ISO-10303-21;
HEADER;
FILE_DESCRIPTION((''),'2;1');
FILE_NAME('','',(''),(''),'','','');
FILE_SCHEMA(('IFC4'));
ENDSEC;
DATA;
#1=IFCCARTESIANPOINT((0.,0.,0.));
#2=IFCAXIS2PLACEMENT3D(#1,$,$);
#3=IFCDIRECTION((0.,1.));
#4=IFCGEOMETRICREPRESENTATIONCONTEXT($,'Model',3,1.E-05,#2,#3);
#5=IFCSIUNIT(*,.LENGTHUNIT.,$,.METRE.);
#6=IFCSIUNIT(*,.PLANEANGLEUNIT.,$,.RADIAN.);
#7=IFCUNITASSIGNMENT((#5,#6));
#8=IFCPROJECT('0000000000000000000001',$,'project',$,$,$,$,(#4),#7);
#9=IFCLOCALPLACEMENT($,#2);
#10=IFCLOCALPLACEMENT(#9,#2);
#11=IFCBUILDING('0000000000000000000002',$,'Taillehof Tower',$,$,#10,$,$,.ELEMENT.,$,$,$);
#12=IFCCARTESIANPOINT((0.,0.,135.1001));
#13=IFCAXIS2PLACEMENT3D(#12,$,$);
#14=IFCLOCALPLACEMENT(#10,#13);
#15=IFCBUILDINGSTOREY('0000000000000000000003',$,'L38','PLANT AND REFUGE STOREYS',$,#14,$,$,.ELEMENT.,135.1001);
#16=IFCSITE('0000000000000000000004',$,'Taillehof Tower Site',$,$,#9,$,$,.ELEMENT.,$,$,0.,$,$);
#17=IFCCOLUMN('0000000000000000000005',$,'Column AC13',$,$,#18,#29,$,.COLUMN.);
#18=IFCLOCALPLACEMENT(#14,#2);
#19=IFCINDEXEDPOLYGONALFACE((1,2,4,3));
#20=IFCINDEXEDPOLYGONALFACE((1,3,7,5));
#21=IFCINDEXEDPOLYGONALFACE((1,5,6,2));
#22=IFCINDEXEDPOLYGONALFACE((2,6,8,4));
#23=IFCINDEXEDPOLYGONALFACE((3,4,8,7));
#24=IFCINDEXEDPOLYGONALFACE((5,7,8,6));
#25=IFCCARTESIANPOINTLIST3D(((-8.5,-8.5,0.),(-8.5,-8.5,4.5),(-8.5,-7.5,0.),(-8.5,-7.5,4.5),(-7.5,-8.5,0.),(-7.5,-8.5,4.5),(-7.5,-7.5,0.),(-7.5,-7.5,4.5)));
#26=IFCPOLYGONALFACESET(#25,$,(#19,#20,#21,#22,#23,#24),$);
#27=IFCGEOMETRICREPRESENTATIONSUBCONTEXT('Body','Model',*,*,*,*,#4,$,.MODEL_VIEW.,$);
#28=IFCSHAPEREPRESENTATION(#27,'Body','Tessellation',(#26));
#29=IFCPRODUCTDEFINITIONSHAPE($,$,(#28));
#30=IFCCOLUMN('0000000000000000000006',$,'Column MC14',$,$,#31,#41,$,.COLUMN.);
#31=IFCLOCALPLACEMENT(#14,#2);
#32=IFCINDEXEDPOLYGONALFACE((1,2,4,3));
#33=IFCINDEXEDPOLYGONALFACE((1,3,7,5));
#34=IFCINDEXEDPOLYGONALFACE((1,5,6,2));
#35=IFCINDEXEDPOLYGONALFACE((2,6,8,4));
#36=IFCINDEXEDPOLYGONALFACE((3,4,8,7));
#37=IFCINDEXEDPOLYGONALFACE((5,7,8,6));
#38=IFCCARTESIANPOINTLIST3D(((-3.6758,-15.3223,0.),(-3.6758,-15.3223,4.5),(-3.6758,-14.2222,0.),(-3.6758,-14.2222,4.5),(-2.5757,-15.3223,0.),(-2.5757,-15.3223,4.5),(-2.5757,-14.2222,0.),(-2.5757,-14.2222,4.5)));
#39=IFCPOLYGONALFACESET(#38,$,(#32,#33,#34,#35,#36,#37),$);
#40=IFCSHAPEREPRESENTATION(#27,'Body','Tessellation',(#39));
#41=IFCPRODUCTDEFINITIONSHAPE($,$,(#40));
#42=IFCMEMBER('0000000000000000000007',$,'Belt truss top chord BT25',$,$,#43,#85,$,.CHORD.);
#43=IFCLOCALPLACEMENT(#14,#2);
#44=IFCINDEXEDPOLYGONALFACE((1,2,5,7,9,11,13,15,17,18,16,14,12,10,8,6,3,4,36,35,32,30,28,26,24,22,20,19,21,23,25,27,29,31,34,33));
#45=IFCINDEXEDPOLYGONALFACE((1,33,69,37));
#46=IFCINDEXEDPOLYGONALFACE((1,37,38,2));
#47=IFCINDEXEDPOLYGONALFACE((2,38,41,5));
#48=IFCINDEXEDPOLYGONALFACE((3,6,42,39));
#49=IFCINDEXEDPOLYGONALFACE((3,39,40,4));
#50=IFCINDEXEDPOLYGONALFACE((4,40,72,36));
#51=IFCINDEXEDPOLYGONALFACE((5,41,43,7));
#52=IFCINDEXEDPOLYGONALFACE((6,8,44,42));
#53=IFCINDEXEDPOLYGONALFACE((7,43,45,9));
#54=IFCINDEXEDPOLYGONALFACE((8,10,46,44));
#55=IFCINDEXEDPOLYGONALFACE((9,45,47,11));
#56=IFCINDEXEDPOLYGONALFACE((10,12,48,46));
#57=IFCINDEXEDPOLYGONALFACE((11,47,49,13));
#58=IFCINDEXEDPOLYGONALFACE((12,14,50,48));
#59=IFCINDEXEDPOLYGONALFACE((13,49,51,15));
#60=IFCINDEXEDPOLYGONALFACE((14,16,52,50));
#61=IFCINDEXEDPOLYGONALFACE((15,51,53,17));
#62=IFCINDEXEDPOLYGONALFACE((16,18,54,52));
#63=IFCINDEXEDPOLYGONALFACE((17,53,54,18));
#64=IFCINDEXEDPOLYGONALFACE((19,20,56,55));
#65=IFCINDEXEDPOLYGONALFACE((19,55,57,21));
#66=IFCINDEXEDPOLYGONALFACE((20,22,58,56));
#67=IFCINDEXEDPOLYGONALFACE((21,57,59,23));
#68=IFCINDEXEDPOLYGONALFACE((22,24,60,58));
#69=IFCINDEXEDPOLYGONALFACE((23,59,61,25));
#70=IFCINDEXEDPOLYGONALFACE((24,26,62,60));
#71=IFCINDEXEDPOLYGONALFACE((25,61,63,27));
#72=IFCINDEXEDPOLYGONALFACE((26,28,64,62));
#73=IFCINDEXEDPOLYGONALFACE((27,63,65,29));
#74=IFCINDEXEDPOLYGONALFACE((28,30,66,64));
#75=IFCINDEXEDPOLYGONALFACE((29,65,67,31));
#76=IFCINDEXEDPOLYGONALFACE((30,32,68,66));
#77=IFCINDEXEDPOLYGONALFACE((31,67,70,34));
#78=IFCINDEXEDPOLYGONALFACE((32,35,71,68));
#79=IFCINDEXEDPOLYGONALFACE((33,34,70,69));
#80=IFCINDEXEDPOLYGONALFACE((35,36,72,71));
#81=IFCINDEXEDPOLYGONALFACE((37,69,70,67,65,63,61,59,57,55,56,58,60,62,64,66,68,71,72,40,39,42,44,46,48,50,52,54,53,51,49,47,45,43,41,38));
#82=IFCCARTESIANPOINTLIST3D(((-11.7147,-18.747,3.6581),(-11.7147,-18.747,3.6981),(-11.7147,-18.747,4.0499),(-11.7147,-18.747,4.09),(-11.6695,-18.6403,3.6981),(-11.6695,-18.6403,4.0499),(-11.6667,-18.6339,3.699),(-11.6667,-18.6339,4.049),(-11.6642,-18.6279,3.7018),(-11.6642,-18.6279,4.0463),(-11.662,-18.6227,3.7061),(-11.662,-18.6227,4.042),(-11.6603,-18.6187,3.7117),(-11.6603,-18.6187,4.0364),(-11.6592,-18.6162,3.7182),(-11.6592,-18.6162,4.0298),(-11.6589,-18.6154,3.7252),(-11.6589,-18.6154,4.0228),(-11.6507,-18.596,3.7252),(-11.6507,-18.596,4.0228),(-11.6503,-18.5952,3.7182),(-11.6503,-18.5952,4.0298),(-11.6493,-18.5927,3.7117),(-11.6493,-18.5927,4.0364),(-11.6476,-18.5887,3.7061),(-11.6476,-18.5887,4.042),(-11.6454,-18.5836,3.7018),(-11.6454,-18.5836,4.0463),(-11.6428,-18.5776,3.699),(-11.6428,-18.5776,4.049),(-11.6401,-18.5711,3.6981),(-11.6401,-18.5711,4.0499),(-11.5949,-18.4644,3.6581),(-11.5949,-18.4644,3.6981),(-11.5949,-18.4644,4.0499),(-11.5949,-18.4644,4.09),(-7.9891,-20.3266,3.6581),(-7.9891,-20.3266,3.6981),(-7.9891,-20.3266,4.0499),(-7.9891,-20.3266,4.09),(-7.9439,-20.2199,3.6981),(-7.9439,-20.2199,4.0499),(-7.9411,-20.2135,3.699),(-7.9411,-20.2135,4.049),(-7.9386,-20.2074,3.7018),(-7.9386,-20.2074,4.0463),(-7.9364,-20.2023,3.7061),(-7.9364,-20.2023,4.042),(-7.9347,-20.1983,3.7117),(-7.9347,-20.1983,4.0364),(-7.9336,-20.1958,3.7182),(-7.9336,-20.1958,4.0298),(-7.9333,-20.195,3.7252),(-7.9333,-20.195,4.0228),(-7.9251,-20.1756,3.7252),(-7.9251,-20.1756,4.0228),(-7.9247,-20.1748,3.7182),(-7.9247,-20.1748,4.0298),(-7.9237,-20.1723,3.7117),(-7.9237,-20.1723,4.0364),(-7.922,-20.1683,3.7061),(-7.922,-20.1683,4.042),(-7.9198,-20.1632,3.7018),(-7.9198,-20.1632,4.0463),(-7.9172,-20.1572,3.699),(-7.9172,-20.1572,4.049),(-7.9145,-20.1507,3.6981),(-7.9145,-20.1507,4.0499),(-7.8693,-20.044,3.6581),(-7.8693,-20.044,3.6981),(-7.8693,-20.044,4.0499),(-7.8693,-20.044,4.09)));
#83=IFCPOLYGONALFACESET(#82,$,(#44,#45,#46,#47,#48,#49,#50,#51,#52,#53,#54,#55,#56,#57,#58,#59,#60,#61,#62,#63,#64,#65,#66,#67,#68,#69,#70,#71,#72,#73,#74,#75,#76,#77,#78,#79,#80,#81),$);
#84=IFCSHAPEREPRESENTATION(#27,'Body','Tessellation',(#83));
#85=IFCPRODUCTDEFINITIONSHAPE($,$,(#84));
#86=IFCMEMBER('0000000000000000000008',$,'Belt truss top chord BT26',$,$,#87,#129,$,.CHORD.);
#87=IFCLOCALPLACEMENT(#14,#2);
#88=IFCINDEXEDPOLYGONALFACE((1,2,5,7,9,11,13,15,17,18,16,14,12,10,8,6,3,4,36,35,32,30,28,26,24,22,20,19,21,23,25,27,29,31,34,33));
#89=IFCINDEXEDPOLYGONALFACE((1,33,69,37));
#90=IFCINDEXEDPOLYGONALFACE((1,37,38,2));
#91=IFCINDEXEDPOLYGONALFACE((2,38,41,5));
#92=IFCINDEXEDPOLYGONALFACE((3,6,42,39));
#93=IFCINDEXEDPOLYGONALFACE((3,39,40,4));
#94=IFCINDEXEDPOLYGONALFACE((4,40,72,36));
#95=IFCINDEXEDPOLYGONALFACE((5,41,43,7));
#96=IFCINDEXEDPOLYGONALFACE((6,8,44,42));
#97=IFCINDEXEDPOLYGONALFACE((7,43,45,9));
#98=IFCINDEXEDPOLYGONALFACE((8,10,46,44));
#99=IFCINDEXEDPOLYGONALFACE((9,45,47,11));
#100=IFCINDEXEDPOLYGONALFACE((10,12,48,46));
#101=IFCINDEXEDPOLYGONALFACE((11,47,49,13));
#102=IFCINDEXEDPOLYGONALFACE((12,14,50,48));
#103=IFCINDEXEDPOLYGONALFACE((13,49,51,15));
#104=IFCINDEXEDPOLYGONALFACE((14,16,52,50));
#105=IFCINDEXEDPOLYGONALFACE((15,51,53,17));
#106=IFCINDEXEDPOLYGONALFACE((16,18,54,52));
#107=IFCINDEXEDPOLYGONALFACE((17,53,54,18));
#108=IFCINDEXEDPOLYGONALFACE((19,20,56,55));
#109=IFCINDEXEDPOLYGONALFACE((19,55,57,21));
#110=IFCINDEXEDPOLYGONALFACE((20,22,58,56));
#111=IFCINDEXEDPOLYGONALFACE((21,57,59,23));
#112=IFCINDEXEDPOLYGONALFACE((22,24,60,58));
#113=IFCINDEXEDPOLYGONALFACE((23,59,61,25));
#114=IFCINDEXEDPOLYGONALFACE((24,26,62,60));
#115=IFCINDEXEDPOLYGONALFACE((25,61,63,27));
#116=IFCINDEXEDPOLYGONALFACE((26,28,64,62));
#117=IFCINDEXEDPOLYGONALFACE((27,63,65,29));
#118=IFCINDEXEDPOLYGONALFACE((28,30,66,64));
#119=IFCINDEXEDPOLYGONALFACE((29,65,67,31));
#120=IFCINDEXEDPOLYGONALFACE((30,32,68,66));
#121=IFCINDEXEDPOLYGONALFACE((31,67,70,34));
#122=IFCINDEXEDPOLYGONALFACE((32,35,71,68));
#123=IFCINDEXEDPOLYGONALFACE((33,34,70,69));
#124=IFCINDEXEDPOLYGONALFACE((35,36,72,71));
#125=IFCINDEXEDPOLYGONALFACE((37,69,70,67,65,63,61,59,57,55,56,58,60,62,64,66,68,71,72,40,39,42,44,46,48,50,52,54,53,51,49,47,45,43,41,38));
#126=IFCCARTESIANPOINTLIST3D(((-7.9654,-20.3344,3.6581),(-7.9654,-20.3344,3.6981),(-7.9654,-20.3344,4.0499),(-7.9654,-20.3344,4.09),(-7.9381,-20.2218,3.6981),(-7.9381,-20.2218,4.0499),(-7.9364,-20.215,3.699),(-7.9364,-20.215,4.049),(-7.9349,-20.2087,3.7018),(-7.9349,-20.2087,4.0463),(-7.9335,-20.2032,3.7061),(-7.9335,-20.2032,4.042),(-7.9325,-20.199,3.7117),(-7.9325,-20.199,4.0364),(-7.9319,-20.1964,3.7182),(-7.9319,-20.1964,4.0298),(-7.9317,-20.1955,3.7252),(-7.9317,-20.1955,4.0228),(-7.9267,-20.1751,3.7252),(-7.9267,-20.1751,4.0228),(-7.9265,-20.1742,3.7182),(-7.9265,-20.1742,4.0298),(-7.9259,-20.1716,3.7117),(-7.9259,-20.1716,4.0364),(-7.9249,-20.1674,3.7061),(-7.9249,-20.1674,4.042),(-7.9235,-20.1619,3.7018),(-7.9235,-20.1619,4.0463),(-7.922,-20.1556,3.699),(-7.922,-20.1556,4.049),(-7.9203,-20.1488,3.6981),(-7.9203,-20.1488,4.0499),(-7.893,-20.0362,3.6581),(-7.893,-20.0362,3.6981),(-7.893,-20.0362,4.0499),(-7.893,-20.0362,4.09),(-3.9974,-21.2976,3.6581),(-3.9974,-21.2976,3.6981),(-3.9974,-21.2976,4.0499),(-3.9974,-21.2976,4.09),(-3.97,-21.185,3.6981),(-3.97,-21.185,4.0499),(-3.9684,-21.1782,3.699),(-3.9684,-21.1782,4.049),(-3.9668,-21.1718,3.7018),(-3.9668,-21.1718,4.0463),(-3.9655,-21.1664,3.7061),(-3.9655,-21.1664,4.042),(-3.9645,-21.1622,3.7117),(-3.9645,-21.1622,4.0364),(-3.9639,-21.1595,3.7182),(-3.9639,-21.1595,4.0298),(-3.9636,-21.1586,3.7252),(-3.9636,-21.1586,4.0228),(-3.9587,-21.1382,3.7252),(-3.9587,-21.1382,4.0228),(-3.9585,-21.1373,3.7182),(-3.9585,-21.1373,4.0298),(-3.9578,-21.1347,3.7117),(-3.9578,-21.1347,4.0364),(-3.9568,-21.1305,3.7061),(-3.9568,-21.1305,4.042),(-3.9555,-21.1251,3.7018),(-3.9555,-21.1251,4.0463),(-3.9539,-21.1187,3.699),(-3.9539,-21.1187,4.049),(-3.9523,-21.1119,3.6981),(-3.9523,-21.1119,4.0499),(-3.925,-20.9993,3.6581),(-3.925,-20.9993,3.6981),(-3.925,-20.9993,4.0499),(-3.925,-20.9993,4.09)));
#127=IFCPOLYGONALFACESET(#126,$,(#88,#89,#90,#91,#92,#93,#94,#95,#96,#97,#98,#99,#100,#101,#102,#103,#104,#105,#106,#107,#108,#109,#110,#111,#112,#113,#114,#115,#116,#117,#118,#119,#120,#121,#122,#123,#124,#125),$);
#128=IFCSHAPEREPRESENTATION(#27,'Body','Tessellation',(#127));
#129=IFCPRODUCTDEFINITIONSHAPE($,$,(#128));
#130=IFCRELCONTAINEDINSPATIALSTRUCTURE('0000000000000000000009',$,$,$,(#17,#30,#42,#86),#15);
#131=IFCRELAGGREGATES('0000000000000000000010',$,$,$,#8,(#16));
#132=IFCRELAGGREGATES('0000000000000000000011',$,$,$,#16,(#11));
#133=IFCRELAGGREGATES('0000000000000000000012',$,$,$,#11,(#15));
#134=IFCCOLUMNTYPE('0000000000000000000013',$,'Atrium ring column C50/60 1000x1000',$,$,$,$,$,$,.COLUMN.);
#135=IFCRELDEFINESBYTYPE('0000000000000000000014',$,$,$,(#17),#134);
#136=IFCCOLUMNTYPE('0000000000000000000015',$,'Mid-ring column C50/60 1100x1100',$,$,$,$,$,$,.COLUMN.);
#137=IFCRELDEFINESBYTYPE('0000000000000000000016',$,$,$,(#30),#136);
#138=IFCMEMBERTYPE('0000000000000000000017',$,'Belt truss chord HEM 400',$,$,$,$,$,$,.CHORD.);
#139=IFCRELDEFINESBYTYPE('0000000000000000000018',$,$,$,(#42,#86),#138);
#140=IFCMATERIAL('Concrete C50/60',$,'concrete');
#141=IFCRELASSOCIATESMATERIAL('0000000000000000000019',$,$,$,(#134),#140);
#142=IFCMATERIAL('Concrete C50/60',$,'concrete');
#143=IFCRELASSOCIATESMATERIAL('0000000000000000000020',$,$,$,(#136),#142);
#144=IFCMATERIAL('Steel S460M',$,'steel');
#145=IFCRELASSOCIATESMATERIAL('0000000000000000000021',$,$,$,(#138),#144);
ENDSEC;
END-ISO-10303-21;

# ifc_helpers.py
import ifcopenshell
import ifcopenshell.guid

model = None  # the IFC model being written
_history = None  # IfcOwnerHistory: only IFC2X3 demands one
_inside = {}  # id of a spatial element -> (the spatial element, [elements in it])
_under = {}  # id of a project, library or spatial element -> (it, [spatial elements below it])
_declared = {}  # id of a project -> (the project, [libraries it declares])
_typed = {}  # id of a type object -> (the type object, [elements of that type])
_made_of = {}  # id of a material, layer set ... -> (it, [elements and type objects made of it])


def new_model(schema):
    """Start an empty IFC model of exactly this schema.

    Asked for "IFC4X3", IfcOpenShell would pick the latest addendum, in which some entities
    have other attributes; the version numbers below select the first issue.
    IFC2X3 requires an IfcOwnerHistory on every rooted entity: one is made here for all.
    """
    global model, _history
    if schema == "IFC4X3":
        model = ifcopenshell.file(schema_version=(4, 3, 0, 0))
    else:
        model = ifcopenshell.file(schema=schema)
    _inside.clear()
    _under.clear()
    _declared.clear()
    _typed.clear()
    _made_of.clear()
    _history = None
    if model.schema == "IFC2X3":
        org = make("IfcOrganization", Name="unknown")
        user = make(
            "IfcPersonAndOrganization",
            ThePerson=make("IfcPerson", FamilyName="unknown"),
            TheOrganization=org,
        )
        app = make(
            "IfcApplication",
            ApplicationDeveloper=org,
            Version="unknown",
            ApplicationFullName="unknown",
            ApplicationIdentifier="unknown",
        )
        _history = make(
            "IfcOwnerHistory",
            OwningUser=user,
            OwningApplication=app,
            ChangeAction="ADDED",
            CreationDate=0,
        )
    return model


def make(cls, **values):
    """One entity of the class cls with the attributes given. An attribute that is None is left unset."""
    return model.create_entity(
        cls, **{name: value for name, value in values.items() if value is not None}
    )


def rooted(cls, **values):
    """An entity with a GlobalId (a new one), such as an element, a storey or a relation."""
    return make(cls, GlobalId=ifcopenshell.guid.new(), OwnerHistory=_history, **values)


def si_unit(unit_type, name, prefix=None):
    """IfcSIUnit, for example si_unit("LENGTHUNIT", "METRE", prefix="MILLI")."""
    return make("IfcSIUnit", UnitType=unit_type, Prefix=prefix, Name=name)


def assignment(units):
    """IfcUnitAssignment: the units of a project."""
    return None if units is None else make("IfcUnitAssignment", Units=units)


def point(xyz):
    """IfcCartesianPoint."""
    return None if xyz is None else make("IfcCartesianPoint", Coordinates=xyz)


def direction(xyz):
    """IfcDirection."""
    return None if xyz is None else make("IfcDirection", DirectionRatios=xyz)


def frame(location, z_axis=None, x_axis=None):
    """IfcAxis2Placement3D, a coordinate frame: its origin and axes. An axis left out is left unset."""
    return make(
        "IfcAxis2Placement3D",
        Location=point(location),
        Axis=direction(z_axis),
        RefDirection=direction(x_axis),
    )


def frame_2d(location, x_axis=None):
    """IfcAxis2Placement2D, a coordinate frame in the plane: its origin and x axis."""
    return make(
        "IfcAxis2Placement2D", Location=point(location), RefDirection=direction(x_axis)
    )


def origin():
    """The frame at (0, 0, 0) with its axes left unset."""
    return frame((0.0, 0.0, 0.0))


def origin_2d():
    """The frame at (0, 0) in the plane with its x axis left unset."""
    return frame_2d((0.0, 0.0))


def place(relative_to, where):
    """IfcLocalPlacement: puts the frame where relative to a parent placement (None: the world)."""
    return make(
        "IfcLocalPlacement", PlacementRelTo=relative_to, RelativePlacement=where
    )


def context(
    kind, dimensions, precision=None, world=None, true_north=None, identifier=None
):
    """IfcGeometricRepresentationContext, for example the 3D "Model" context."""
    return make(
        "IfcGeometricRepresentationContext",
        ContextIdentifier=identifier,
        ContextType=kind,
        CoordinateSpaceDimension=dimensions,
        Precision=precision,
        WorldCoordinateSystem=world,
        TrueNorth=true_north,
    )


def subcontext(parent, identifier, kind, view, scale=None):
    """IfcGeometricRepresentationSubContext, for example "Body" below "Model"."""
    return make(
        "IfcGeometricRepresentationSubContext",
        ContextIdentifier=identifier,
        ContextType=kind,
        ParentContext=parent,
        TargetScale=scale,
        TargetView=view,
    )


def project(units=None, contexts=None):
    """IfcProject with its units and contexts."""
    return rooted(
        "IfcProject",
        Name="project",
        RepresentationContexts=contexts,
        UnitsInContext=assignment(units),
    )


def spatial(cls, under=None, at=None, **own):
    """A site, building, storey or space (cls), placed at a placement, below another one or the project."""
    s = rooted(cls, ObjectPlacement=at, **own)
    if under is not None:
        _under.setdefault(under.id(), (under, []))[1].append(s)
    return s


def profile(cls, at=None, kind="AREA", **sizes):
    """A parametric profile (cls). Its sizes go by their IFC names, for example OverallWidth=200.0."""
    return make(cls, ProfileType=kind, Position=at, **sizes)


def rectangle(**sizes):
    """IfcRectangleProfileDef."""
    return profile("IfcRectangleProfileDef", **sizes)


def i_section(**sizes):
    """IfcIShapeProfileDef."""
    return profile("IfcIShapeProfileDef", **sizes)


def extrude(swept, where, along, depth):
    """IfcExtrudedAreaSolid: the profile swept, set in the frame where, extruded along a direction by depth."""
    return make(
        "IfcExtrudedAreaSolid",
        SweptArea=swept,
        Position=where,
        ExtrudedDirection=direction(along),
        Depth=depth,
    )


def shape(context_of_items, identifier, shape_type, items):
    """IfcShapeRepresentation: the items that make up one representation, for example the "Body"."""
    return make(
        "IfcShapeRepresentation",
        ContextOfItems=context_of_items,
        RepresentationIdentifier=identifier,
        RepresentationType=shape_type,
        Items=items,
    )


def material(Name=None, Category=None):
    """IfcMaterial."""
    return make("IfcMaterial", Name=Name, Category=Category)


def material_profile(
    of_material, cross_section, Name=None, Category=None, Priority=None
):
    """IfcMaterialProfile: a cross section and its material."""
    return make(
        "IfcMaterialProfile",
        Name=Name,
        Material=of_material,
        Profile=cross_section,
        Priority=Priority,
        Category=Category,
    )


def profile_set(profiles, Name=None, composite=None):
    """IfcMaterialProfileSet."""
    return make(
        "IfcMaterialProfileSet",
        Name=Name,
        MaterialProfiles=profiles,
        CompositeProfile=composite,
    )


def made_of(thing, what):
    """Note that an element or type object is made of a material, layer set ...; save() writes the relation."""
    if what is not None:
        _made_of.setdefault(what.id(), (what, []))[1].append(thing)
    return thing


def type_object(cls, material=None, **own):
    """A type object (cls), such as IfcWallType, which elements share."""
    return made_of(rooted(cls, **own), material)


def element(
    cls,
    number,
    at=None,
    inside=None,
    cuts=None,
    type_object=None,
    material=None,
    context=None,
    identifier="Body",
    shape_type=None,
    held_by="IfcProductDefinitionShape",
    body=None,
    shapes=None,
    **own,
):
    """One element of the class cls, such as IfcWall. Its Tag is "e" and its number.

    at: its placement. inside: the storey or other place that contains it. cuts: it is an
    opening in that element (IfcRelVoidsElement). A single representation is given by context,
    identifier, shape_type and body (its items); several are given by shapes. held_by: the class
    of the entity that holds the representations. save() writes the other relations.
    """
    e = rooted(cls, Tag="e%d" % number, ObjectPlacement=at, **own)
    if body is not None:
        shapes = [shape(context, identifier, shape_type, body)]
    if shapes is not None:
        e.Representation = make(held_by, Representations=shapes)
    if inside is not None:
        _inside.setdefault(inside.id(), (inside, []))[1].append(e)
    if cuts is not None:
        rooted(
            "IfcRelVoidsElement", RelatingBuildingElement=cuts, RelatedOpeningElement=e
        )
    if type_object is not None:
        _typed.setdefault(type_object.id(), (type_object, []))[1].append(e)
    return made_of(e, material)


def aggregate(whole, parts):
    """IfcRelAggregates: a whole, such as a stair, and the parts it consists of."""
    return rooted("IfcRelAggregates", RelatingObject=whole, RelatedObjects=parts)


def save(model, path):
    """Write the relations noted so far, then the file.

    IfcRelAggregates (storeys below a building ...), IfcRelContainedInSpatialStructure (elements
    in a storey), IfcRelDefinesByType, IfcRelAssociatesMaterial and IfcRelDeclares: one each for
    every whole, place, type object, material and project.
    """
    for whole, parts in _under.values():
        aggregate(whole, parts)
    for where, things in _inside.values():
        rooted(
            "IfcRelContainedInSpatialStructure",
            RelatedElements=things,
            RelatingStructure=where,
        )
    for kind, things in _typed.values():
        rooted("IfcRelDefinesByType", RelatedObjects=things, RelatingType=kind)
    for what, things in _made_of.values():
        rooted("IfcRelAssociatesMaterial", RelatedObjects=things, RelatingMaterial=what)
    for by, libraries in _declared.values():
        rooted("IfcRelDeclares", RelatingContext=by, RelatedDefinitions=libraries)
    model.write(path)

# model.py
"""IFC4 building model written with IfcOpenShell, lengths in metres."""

from ifc_helpers import new_model, si_unit, direction, frame, origin, origin_2d, place, context, subcontext, project, spatial, rectangle, i_section, extrude, material, material_profile, profile_set, type_object, element, save


model = new_model("IFC4")

# Units and contexts
model_context = context("Model", 3, precision=1e-05, world=origin(), true_north=direction((0.0, 1.0)))
body_context = subcontext(model_context, "Body", "Model", "MODEL_VIEW")
ifc_project = project(units=[si_unit("LENGTHUNIT", "METRE"), si_unit("PLANEANGLEUNIT", "RADIAN")], contexts=[model_context])

# Site, building, storey
site_placement = place(None, origin())
site = spatial("IfcSite", under=ifc_project, at=site_placement, Name="Taillehof Tower Site", CompositionType="ELEMENT", RefElevation=0.0)
building_placement = place(site_placement, origin())
building = spatial("IfcBuilding", under=site, at=building_placement, Name="Taillehof Tower", CompositionType="ELEMENT")
storey_placement = place(building_placement, frame((0.0, 0.0, 135.1001)))
storey = spatial("IfcBuildingStorey", under=building, at=storey_placement, Name="L38", Description="PLANT AND REFUGE STOREYS", CompositionType="ELEMENT", Elevation=135.1001)

# Columns
ifc_material_1 = material(Name="Concrete C50/60", Category="concrete")
ifc_material_profile_1 = material_profile(ifc_material_1, rectangle(XDim=1.0, YDim=1.0, at=origin_2d()), Name="RC 1000x1000")
ifc_profile_set_1 = profile_set([ifc_material_profile_1], Name="Concrete C50/60")
column_type_1 = type_object("IfcColumnType", Name="Atrium ring column C50/60 1000x1000", PredefinedType="COLUMN", material=ifc_profile_set_1)
column_1_placement = place(storey_placement, frame((-8.0, -8.0, 0.0), z_axis=(0.0, 0.0, 1.0), x_axis=(1.0, 0.0, 0.0)))
element("IfcColumn", 1, at=column_1_placement, inside=storey, type_object=column_type_1, Name="Column AC13", PredefinedType="COLUMN", context=body_context, shape_type="SweptSolid", body=[
    extrude(rectangle(XDim=1.0, YDim=1.0, at=origin_2d()), origin(), (0.0, 0.0, 1.0), 4.5),
])
ifc_material_2 = material(Name="Concrete C50/60", Category="concrete")
ifc_material_profile_2 = material_profile(ifc_material_2, rectangle(XDim=1.1001, YDim=1.1001, at=origin_2d()), Name="RC 1100x1100")
ifc_profile_set_2 = profile_set([ifc_material_profile_2], Name="Concrete C50/60")
column_type_2 = type_object("IfcColumnType", Name="Mid-ring column C50/60 1100x1100", PredefinedType="COLUMN", material=ifc_profile_set_2)
column_2_placement = place(storey_placement, frame((-3.1257, -14.7722, 0.0), z_axis=(0.0, 0.0, 1.0), x_axis=(1.0, 0.0, 0.0)))
element("IfcColumn", 2, at=column_2_placement, inside=storey, type_object=column_type_2, Name="Column MC14", PredefinedType="COLUMN", context=body_context, shape_type="SweptSolid", body=[
    extrude(rectangle(XDim=1.1001, YDim=1.1001, at=origin_2d()), origin(), (0.0, 0.0, 1.0), 4.5),
])

# Members
ifc_material_3 = material(Name="Steel S460M", Category="steel")
ifc_material_profile_3 = material_profile(ifc_material_3, i_section(OverallWidth=0.3069, OverallDepth=0.4319, WebThickness=0.021, FlangeThickness=0.04, FilletRadius=0.0271, at=origin_2d()), Name="HEM 400")
ifc_profile_set_3 = profile_set([ifc_material_profile_3], Name="Steel S460M")
member_type_1 = type_object("IfcMemberType", Name="Belt truss chord HEM 400", PredefinedType="CHORD", material=ifc_profile_set_3)
member_1_placement = place(storey_placement, frame((-11.6548, -18.6057, 3.874), z_axis=(0.920667, -0.390348, 0.0), x_axis=(0.390348, 0.920667, 0.0)))
element("IfcMember", 3, at=member_1_placement, inside=storey, type_object=member_type_1, Name="Belt truss top chord BT25", PredefinedType="CHORD", context=body_context, shape_type="SweptSolid", body=[
    extrude(i_section(OverallWidth=0.3069, OverallDepth=0.4319, WebThickness=0.021, FlangeThickness=0.04, FilletRadius=0.0271, at=origin_2d()), origin(), (0.0, 0.0, 1.0), 4.0466),
])
member_2_placement = place(storey_placement, frame((-7.9292, -20.1853, 3.874), z_axis=(0.971783, -0.235876, 0.0), x_axis=(0.235876, 0.971783, 0.0)))
element("IfcMember", 4, at=member_2_placement, inside=storey, type_object=member_type_1, Name="Belt truss top chord BT26", PredefinedType="CHORD", context=body_context, shape_type="SweptSolid", body=[
    extrude(i_section(OverallWidth=0.3069, OverallDepth=0.4319, WebThickness=0.021, FlangeThickness=0.04, FilletRadius=0.0271, at=origin_2d()), origin(), (0.0, 0.0, 1.0), 4.0833),
])

save(model, "model.ifc")
